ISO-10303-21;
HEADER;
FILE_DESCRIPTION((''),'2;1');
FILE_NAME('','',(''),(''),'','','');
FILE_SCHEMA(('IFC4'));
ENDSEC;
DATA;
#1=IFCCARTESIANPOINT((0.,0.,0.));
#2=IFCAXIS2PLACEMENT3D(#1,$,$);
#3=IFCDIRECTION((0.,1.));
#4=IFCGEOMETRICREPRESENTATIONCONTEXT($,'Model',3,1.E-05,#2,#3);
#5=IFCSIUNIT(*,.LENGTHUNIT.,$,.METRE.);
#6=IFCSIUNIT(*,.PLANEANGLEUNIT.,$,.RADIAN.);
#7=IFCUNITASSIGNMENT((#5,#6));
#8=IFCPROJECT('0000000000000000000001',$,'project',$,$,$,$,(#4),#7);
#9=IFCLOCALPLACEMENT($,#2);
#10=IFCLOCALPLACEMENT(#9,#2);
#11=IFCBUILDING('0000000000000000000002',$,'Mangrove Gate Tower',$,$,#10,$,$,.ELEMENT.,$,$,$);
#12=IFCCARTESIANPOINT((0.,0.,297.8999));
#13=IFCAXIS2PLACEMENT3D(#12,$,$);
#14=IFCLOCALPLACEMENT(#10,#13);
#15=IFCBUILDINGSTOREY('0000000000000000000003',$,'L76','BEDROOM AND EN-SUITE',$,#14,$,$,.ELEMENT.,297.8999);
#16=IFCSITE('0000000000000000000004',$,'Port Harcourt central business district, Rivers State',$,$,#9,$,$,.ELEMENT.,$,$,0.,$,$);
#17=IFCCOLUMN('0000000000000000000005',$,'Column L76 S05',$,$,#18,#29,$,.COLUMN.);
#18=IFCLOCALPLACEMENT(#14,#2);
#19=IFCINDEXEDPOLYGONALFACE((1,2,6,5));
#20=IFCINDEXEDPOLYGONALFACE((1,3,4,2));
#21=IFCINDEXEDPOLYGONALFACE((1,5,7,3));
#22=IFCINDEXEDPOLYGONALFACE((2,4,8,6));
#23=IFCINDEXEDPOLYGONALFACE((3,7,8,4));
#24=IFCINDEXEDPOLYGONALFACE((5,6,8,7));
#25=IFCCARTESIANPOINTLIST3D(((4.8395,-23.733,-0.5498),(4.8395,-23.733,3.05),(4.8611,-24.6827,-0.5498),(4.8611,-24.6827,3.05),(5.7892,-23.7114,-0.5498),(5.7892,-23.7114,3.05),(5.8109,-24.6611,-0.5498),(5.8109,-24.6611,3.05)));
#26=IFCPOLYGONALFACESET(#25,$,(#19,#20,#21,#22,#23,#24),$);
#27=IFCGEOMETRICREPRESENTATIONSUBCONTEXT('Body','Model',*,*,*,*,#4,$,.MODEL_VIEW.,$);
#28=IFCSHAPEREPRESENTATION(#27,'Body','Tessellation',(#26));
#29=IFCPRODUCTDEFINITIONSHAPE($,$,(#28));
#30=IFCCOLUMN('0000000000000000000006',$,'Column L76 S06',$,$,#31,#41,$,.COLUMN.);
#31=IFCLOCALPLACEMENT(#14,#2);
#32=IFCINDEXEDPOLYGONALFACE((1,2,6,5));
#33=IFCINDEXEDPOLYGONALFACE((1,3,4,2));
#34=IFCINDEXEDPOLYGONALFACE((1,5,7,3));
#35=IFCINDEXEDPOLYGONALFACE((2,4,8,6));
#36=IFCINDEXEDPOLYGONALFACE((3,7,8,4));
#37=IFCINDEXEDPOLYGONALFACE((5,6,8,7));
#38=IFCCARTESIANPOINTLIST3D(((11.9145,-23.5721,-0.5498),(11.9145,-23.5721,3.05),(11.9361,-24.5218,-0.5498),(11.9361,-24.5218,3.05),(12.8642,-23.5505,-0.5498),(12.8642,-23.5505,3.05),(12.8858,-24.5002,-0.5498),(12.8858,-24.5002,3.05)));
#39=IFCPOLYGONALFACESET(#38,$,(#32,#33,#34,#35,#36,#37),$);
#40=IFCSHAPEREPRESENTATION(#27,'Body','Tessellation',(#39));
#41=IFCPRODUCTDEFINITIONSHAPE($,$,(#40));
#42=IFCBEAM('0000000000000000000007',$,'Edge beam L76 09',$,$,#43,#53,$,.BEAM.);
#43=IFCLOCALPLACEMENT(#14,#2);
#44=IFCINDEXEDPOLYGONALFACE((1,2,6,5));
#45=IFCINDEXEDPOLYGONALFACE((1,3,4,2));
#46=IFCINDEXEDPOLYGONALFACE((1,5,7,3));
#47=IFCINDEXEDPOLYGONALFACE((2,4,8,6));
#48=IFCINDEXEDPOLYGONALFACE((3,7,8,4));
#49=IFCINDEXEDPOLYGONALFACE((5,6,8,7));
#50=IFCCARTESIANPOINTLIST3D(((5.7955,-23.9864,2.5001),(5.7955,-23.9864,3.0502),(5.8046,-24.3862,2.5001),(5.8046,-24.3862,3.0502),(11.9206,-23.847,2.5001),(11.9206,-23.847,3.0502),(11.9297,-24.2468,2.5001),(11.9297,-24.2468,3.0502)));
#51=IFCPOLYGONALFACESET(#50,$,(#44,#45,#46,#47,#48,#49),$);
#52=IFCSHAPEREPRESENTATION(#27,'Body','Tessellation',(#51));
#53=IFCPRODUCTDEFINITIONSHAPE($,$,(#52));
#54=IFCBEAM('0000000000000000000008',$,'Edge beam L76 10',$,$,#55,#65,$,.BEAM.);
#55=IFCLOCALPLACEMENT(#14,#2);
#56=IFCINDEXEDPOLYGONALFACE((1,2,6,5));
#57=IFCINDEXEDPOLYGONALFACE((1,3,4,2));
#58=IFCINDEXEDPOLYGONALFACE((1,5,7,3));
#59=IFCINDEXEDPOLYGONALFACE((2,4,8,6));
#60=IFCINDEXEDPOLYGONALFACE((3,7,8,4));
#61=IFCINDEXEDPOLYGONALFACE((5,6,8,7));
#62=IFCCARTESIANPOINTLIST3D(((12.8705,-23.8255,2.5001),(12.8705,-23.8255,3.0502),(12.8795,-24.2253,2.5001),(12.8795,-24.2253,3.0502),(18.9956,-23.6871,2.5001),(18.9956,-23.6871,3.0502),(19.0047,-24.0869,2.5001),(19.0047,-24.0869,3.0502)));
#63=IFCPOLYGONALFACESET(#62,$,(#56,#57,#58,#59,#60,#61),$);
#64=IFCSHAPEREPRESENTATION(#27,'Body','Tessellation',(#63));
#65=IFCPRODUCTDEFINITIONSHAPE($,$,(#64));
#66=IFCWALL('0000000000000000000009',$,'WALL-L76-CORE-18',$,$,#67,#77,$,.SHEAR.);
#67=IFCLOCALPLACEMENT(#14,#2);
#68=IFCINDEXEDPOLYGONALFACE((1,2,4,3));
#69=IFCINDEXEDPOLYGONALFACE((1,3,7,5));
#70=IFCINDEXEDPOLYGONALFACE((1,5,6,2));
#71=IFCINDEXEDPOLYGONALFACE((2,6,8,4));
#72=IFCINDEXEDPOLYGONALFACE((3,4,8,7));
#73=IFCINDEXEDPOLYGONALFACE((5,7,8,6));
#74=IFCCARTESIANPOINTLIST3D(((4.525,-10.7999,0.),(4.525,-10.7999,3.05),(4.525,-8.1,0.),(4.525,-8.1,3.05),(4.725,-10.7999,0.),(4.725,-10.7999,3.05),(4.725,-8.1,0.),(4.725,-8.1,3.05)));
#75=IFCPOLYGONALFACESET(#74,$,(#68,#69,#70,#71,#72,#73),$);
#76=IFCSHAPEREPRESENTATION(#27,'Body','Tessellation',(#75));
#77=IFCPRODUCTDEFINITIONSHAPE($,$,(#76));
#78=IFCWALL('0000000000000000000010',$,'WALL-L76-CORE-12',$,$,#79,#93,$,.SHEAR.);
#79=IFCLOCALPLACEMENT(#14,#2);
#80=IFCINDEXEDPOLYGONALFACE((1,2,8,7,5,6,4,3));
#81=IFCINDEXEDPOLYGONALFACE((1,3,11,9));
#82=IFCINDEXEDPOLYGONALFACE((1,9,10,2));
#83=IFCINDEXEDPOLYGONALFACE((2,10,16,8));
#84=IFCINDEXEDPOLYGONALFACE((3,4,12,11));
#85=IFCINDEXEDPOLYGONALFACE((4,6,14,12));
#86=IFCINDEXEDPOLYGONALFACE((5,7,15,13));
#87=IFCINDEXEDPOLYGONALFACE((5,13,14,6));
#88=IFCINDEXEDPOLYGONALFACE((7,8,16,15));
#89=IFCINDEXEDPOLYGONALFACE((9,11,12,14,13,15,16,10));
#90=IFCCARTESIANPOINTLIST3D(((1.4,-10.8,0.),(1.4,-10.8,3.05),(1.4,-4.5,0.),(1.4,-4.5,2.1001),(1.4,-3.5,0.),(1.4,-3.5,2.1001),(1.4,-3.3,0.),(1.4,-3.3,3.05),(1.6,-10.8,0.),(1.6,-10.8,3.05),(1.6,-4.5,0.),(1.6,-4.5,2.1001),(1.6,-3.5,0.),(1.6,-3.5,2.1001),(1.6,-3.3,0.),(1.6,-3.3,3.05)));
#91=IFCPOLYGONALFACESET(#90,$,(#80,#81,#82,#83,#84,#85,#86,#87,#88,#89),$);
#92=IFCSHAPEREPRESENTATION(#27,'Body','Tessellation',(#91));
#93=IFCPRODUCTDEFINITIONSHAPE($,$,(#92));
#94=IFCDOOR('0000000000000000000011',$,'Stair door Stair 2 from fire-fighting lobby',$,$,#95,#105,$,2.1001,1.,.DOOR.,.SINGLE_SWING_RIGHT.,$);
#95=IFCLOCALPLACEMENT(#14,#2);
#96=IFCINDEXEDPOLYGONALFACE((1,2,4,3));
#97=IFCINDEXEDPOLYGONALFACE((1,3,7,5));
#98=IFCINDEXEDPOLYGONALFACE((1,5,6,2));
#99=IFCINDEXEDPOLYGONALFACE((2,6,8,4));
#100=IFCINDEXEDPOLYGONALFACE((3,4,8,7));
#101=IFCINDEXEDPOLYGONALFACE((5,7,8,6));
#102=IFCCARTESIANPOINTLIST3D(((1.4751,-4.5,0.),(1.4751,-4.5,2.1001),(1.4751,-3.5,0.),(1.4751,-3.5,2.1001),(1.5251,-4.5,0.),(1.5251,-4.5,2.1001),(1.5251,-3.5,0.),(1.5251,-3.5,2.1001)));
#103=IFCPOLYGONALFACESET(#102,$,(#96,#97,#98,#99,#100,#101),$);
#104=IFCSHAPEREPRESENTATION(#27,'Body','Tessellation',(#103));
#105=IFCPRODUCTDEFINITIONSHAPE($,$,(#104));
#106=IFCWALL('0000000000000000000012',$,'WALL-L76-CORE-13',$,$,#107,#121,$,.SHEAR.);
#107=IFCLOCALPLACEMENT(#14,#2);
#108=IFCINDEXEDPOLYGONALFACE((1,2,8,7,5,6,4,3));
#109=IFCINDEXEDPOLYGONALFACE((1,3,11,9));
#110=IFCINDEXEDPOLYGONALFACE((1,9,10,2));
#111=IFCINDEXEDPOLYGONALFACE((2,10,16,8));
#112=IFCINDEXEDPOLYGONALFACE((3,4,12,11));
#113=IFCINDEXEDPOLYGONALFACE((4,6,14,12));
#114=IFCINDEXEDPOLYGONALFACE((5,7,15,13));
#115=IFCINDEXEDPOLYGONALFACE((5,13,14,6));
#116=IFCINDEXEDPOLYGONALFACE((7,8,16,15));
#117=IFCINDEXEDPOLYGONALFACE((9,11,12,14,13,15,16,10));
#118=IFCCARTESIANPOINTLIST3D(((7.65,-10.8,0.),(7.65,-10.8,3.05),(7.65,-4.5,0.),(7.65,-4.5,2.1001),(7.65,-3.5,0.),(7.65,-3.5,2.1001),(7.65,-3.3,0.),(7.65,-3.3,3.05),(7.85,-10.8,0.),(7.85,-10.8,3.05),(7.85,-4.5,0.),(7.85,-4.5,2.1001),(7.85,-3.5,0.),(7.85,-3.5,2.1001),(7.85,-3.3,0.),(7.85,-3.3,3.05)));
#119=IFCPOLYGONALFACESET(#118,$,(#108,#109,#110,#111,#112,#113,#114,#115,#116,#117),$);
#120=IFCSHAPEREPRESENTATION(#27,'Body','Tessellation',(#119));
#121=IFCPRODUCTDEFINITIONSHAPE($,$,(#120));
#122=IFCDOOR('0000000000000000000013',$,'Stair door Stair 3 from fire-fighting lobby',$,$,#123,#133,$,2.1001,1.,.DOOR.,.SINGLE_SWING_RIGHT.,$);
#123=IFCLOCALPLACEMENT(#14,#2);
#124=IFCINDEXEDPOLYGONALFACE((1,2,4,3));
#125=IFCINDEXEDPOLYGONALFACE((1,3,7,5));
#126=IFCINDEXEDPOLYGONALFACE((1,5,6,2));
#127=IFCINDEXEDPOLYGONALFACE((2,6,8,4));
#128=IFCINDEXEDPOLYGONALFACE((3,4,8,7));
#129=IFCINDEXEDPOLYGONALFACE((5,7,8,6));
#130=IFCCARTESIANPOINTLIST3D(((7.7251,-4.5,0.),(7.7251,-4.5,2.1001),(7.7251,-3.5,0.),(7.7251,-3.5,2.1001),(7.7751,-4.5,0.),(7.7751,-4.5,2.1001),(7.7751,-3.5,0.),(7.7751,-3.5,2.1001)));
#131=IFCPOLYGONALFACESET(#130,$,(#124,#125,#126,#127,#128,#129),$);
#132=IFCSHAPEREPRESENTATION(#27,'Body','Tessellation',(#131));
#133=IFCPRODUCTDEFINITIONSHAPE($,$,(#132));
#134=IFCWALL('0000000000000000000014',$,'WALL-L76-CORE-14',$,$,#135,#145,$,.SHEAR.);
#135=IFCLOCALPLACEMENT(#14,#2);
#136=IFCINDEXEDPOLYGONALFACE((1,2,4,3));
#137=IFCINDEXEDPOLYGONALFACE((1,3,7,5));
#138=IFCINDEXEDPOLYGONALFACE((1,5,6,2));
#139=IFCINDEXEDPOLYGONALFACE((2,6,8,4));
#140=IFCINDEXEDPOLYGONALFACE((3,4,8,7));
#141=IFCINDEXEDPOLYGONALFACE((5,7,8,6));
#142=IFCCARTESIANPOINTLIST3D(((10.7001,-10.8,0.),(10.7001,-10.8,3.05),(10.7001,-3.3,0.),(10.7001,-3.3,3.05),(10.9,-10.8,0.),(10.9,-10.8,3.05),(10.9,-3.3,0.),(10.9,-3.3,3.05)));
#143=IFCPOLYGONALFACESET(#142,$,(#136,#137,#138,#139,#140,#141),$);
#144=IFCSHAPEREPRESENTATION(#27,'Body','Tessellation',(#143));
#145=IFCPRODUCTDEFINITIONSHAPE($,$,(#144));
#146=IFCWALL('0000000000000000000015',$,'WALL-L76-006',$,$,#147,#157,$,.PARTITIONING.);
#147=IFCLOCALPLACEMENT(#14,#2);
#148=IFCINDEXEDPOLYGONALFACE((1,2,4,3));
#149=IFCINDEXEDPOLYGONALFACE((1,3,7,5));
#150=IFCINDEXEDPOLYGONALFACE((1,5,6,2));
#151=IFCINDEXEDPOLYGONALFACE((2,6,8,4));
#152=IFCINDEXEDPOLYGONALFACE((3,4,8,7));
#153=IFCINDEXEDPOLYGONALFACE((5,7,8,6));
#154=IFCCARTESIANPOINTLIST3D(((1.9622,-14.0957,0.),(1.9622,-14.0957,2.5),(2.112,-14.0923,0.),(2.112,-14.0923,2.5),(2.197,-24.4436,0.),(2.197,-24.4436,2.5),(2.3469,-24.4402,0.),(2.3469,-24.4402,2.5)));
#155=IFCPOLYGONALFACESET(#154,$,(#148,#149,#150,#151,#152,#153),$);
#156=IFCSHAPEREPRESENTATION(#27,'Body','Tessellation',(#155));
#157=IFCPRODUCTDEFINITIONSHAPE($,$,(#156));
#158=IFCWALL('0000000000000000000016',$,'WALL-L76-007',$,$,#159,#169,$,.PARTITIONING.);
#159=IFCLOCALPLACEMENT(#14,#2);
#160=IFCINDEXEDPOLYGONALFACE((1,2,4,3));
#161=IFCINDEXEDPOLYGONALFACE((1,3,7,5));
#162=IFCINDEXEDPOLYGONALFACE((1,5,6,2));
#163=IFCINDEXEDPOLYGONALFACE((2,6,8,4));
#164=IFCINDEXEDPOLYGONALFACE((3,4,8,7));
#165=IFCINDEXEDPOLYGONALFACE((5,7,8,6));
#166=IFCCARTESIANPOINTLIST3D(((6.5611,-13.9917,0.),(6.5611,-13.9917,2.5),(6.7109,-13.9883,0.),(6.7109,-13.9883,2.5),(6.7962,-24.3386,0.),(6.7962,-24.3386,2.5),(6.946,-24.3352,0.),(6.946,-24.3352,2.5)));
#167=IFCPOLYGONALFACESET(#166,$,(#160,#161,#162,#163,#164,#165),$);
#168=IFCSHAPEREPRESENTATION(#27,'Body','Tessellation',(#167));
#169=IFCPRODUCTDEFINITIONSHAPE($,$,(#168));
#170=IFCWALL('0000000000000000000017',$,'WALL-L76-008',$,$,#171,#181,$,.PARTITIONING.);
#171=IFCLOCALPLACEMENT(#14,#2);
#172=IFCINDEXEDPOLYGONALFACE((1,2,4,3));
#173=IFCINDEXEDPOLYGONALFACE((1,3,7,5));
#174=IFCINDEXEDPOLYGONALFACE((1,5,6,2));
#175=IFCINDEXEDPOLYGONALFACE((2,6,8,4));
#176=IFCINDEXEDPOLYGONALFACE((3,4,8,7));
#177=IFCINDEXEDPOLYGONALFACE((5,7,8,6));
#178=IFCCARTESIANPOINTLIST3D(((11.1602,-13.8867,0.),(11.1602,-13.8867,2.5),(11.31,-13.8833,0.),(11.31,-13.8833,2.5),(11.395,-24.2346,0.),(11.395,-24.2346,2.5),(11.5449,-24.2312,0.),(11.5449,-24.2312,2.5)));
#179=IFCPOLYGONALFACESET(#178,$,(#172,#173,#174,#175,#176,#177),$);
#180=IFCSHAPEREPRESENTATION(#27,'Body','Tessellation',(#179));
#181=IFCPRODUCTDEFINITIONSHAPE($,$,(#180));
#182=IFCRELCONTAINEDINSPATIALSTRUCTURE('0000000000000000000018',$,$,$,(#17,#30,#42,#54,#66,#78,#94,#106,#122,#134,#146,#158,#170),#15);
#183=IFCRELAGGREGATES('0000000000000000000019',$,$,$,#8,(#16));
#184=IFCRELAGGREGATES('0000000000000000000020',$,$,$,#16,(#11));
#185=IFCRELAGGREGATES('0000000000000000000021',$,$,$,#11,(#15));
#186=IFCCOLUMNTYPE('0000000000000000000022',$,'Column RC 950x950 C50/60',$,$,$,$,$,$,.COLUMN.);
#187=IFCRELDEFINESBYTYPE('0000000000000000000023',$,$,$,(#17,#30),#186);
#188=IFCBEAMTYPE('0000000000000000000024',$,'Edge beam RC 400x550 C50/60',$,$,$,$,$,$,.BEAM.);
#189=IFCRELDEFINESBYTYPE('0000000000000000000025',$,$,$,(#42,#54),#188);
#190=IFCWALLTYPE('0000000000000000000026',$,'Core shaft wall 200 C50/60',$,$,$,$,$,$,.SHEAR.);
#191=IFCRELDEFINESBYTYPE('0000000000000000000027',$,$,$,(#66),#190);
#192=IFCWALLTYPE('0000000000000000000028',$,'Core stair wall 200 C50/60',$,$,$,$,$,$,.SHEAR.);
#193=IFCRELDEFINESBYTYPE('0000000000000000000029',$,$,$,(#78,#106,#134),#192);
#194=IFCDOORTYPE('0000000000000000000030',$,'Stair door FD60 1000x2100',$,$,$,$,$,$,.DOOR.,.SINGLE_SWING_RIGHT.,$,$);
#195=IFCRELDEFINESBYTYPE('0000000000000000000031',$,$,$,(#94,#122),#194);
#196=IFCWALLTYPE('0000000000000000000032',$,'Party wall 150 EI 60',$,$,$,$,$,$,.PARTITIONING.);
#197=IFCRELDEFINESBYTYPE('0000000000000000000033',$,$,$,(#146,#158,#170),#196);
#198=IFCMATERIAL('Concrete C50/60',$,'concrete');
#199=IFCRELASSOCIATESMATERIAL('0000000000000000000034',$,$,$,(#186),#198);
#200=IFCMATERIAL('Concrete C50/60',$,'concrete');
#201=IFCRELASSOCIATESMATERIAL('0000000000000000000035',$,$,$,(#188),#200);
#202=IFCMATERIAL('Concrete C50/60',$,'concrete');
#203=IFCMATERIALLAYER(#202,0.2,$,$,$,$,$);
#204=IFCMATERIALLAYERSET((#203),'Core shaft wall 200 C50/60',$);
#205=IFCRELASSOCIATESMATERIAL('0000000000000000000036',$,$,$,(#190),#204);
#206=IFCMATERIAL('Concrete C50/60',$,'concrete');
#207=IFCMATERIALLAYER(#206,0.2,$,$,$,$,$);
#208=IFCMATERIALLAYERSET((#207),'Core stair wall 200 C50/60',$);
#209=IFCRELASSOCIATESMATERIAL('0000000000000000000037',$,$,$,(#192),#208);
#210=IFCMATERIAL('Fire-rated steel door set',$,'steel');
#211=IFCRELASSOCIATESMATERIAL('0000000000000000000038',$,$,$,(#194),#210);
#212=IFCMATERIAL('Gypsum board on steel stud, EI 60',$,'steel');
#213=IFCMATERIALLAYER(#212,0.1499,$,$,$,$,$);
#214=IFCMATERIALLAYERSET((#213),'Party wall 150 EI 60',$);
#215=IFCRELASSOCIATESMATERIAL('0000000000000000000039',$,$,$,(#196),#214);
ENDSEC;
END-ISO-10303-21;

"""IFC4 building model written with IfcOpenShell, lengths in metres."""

from ifc_helpers import new_model, si_unit, direction, frame, frame_2d, origin, origin_2d, place, context, subcontext, project, spatial, rectangle, extrude, material, layer, layer_set, material_profile, profile_set, type_object, element, fill, save


model = new_model("IFC4")

# Units and contexts
model_context = context("Model", 3, precision=1e-05, world=origin(), true_north=direction((0.0, 1.0)))
body_context = subcontext(model_context, "Body", "Model", "MODEL_VIEW")
ifc_project = project(units=[si_unit("LENGTHUNIT", "METRE"), si_unit("PLANEANGLEUNIT", "RADIAN")], contexts=[model_context])

# Site, building, storey
site_placement = place(None, origin())
site = spatial("IfcSite", under=ifc_project, at=site_placement, Name="Port Harcourt central business district, Rivers State", CompositionType="ELEMENT", RefElevation=0.0)
building_placement = place(site_placement, origin())
building = spatial("IfcBuilding", under=site, at=building_placement, Name="Mangrove Gate Tower", CompositionType="ELEMENT")
storey_placement = place(building_placement, frame((0.0, 0.0, 297.8999)))
storey = spatial("IfcBuildingStorey", under=building, at=storey_placement, Name="L76", Description="BEDROOM AND EN-SUITE", CompositionType="ELEMENT", Elevation=297.8999)

# Columns
ifc_material_1 = material(Name="Concrete C50/60", Category="concrete")
ifc_material_profile_1 = material_profile(ifc_material_1, rectangle(XDim=0.95, YDim=0.95, at=origin_2d()))
ifc_profile_set_1 = profile_set([ifc_material_profile_1], Name="Concrete C50/60")
column_type = type_object("IfcColumnType", Name="Column RC 950x950 C50/60", PredefinedType="COLUMN", material=ifc_profile_set_1)
for number, where, z_axis, x_axis, name in (
    (1, (5.3252, -24.197, -0.5498), (0.0, 0.0, 1.0), (0.999741, 0.022752, 0.0), "Column L76 S05"),
    (2, (12.4001, -24.0361, -0.5498), (0.0, 0.0, 1.0), (0.999743, 0.02268, 0.0), "Column L76 S06"),
):
    element("IfcColumn", number, at=place(storey_placement, frame(where, z_axis=z_axis, x_axis=x_axis)), inside=storey, type_object=column_type, Name=name, PredefinedType="COLUMN", context=body_context, shape_type="SweptSolid", body=[
        extrude(rectangle(XDim=0.95, YDim=0.95, at=origin_2d()), origin(), (0.0, 0.0, 1.0), 3.5999),
    ])

# Beams
ifc_material_2 = material(Name="Concrete C50/60", Category="concrete")
ifc_material_profile_2 = material_profile(ifc_material_2, rectangle(XDim=0.3999, YDim=0.55, at=origin_2d()))
ifc_profile_set_2 = profile_set([ifc_material_profile_2], Name="Concrete C50/60")
beam_type = type_object("IfcBeamType", Name="Edge beam RC 400x550 C50/60", PredefinedType="BEAM", material=ifc_profile_set_2)
for number, where, z_axis, x_axis, name in (
    (3, (5.8, -24.1863, 2.7751), (0.999741, 0.022753, 0.0), (-0.022753, 0.999741, 0.0), "Edge beam L76 09"),
    (4, (12.875, -24.0254, 2.7751), (0.999745, 0.022594, 0.0), (-0.022594, 0.999745, 0.0), "Edge beam L76 10"),
):
    element("IfcBeam", number, at=place(storey_placement, frame(where, z_axis=z_axis, x_axis=x_axis)), inside=storey, type_object=beam_type, Name=name, PredefinedType="BEAM", context=body_context, shape_type="SweptSolid", body=[
        extrude(rectangle(XDim=0.3999, YDim=0.55, at=origin_2d()), origin(), (0.0, 0.0, 1.0), 6.1267),
    ])

# Wall
ifc_material_3 = material(Name="Concrete C50/60", Category="concrete")
ifc_layer_1 = layer(ifc_material_3, 0.2)
ifc_layer_set_1 = layer_set([ifc_layer_1], Name="Core shaft wall 200 C50/60")
wall_type_1 = type_object("IfcWallType", Name="Core shaft wall 200 C50/60", PredefinedType="SHEAR", material=ifc_layer_set_1)
wall_1_placement = place(storey_placement, frame((4.625, -10.8, 0.0), z_axis=(0.0, 0.0, 1.0), x_axis=(0.0, 1.0, 0.0)))
element("IfcWall", 5, at=wall_1_placement, inside=storey, type_object=wall_type_1, Name="WALL-L76-CORE-18", PredefinedType="SHEAR", context=body_context, shape_type="SweptSolid", body=[
    extrude(rectangle(XDim=2.7, YDim=0.2, at=frame_2d((1.3501, 0.0))), origin(), (0.0, 0.0, 1.0), 3.05),
])

# Walls, openings, doors
ifc_material_4 = material(Name="Concrete C50/60", Category="concrete")
ifc_layer_2 = layer(ifc_material_4, 0.2)
ifc_layer_set_2 = layer_set([ifc_layer_2], Name="Core stair wall 200 C50/60")
wall_type_2 = type_object("IfcWallType", Name="Core stair wall 200 C50/60", PredefinedType="SHEAR", material=ifc_layer_set_2)
wall_2_placement = place(storey_placement, frame((1.5, -10.8, 0.0), z_axis=(0.0, 0.0, 1.0), x_axis=(0.0, 1.0, 0.0)))
wall_2 = element("IfcWall", 6, at=wall_2_placement, inside=storey, type_object=wall_type_2, Name="WALL-L76-CORE-12", PredefinedType="SHEAR", context=body_context, shape_type="SweptSolid", body=[
    extrude(rectangle(XDim=7.5, YDim=0.2, at=frame_2d((3.75, 0.0))), origin(), (0.0, 0.0, 1.0), 3.05),
])
opening_1_placement = place(wall_2_placement, frame((6.3, 0.0, 0.0)))
opening_1 = element("IfcOpeningElement", 7, at=opening_1_placement, cuts=wall_2, PredefinedType="OPENING", context=body_context, shape_type="SweptSolid", body=[
    extrude(rectangle(XDim=1.0, YDim=2.1001, at=frame_2d((0.5, 1.05))), frame((0.0, 0.1099, 0.0), z_axis=(0.0, -1.0, 0.0), x_axis=(1.0, 0.0, 0.0)), (0.0, 0.0, 1.0), 0.22),
])
ifc_material_5 = material(Name="Fire-rated steel door set", Category="steel")
door_type_1 = type_object("IfcDoorType", Name="Stair door FD60 1000x2100", OperationType="SINGLE_SWING_RIGHT", PredefinedType="DOOR", material=ifc_material_5)
door_1_placement = place(opening_1_placement, origin())
door_1 = element("IfcDoor", 8, at=door_1_placement, inside=storey, type_object=door_type_1, Name="Stair door Stair 2 from fire-fighting lobby", OperationType="SINGLE_SWING_RIGHT", OverallHeight=2.1001, OverallWidth=1.0, PredefinedType="DOOR", context=body_context, shape_type="SweptSolid", body=[
    extrude(rectangle(XDim=1.0, YDim=2.1001, at=frame_2d((0.5, 1.05))), frame((0.0, 0.0249, 0.0), z_axis=(0.0, -1.0, 0.0), x_axis=(1.0, 0.0, 0.0)), (0.0, 0.0, 1.0), 0.05),
])
fill(opening_1, door_1)
wall_3_placement = place(storey_placement, frame((7.75, -10.8, 0.0), z_axis=(0.0, 0.0, 1.0), x_axis=(0.0, 1.0, 0.0)))
wall_3 = element("IfcWall", 9, at=wall_3_placement, inside=storey, type_object=wall_type_2, Name="WALL-L76-CORE-13", PredefinedType="SHEAR", context=body_context, shape_type="SweptSolid", body=[
    extrude(rectangle(XDim=7.5, YDim=0.2, at=frame_2d((3.75, 0.0))), origin(), (0.0, 0.0, 1.0), 3.05),
])
opening_2_placement = place(wall_3_placement, frame((6.3, 0.0, 0.0)))
opening_2 = element("IfcOpeningElement", 10, at=opening_2_placement, cuts=wall_3, PredefinedType="OPENING", context=body_context, shape_type="SweptSolid", body=[
    extrude(rectangle(XDim=1.0, YDim=2.1001, at=frame_2d((0.5, 1.05))), frame((0.0, 0.1099, 0.0), z_axis=(0.0, -1.0, 0.0), x_axis=(1.0, 0.0, 0.0)), (0.0, 0.0, 1.0), 0.22),
])
door_2_placement = place(opening_2_placement, origin())
door_2 = element("IfcDoor", 11, at=door_2_placement, inside=storey, type_object=door_type_1, Name="Stair door Stair 3 from fire-fighting lobby", OperationType="SINGLE_SWING_RIGHT", OverallHeight=2.1001, OverallWidth=1.0, PredefinedType="DOOR", context=body_context, shape_type="SweptSolid", body=[
    extrude(rectangle(XDim=1.0, YDim=2.1001, at=frame_2d((0.5, 1.05))), frame((0.0, 0.0249, 0.0), z_axis=(0.0, -1.0, 0.0), x_axis=(1.0, 0.0, 0.0)), (0.0, 0.0, 1.0), 0.05),
])
fill(opening_2, door_2)

# Walls
wall_4_placement = place(storey_placement, frame((10.8, -10.8, 0.0), z_axis=(0.0, 0.0, 1.0), x_axis=(0.0, 1.0, 0.0)))
element("IfcWall", 12, at=wall_4_placement, inside=storey, type_object=wall_type_2, Name="WALL-L76-CORE-14", PredefinedType="SHEAR", context=body_context, shape_type="SweptSolid", body=[
    extrude(rectangle(XDim=7.5, YDim=0.2, at=frame_2d((3.75, 0.0))), origin(), (0.0, 0.0, 1.0), 3.05),
])
ifc_material_6 = material(Name="Gypsum board on steel stud, EI 60", Category="steel")
ifc_layer_3 = layer(ifc_material_6, 0.1499)
ifc_layer_set_3 = layer_set([ifc_layer_3], Name="Party wall 150 EI 60")
wall_type_3 = type_object("IfcWallType", Name="Party wall 150 EI 60", PredefinedType="PARTITIONING", material=ifc_layer_set_3)
wall_5_placement = place(storey_placement, frame((2.272, -24.4419, 0.0), z_axis=(0.0, 0.0, 1.0), x_axis=(-0.022691, 0.999743, 0.0)))
element("IfcWall", 13, at=wall_5_placement, inside=storey, type_object=wall_type_3, Name="WALL-L76-006", PredefinedType="PARTITIONING", context=body_context, shape_type="SweptSolid", body=[
    extrude(rectangle(XDim=10.3506, YDim=0.1499, at=frame_2d((5.1753, 0.0))), origin(), (0.0, 0.0, 1.0), 2.5),
])
wall_6_placement = place(storey_placement, frame((6.8711, -24.3369, 0.0), z_axis=(0.0, 0.0, 1.0), x_axis=(-0.022717, 0.999742, 0.0)))
element("IfcWall", 14, at=wall_6_placement, inside=storey, type_object=wall_type_3, Name="WALL-L76-007", PredefinedType="PARTITIONING", context=body_context, shape_type="SweptSolid", body=[
    extrude(rectangle(XDim=10.3496, YDim=0.1499, at=frame_2d((5.1748, 0.0))), origin(), (0.0, 0.0, 1.0), 2.5),
])
wall_7_placement = place(storey_placement, frame((11.47, -24.2329, 0.0), z_axis=(0.0, 0.0, 1.0), x_axis=(-0.022691, 0.999743, 0.0)))
element("IfcWall", 15, at=wall_7_placement, inside=storey, type_object=wall_type_3, Name="WALL-L76-008", PredefinedType="PARTITIONING", context=body_context, shape_type="SweptSolid", body=[
    extrude(rectangle(XDim=10.3506, YDim=0.1499, at=frame_2d((5.1753, 0.0))), origin(), (0.0, 0.0, 1.0), 2.5),
])

save(model, "model.ifc")
